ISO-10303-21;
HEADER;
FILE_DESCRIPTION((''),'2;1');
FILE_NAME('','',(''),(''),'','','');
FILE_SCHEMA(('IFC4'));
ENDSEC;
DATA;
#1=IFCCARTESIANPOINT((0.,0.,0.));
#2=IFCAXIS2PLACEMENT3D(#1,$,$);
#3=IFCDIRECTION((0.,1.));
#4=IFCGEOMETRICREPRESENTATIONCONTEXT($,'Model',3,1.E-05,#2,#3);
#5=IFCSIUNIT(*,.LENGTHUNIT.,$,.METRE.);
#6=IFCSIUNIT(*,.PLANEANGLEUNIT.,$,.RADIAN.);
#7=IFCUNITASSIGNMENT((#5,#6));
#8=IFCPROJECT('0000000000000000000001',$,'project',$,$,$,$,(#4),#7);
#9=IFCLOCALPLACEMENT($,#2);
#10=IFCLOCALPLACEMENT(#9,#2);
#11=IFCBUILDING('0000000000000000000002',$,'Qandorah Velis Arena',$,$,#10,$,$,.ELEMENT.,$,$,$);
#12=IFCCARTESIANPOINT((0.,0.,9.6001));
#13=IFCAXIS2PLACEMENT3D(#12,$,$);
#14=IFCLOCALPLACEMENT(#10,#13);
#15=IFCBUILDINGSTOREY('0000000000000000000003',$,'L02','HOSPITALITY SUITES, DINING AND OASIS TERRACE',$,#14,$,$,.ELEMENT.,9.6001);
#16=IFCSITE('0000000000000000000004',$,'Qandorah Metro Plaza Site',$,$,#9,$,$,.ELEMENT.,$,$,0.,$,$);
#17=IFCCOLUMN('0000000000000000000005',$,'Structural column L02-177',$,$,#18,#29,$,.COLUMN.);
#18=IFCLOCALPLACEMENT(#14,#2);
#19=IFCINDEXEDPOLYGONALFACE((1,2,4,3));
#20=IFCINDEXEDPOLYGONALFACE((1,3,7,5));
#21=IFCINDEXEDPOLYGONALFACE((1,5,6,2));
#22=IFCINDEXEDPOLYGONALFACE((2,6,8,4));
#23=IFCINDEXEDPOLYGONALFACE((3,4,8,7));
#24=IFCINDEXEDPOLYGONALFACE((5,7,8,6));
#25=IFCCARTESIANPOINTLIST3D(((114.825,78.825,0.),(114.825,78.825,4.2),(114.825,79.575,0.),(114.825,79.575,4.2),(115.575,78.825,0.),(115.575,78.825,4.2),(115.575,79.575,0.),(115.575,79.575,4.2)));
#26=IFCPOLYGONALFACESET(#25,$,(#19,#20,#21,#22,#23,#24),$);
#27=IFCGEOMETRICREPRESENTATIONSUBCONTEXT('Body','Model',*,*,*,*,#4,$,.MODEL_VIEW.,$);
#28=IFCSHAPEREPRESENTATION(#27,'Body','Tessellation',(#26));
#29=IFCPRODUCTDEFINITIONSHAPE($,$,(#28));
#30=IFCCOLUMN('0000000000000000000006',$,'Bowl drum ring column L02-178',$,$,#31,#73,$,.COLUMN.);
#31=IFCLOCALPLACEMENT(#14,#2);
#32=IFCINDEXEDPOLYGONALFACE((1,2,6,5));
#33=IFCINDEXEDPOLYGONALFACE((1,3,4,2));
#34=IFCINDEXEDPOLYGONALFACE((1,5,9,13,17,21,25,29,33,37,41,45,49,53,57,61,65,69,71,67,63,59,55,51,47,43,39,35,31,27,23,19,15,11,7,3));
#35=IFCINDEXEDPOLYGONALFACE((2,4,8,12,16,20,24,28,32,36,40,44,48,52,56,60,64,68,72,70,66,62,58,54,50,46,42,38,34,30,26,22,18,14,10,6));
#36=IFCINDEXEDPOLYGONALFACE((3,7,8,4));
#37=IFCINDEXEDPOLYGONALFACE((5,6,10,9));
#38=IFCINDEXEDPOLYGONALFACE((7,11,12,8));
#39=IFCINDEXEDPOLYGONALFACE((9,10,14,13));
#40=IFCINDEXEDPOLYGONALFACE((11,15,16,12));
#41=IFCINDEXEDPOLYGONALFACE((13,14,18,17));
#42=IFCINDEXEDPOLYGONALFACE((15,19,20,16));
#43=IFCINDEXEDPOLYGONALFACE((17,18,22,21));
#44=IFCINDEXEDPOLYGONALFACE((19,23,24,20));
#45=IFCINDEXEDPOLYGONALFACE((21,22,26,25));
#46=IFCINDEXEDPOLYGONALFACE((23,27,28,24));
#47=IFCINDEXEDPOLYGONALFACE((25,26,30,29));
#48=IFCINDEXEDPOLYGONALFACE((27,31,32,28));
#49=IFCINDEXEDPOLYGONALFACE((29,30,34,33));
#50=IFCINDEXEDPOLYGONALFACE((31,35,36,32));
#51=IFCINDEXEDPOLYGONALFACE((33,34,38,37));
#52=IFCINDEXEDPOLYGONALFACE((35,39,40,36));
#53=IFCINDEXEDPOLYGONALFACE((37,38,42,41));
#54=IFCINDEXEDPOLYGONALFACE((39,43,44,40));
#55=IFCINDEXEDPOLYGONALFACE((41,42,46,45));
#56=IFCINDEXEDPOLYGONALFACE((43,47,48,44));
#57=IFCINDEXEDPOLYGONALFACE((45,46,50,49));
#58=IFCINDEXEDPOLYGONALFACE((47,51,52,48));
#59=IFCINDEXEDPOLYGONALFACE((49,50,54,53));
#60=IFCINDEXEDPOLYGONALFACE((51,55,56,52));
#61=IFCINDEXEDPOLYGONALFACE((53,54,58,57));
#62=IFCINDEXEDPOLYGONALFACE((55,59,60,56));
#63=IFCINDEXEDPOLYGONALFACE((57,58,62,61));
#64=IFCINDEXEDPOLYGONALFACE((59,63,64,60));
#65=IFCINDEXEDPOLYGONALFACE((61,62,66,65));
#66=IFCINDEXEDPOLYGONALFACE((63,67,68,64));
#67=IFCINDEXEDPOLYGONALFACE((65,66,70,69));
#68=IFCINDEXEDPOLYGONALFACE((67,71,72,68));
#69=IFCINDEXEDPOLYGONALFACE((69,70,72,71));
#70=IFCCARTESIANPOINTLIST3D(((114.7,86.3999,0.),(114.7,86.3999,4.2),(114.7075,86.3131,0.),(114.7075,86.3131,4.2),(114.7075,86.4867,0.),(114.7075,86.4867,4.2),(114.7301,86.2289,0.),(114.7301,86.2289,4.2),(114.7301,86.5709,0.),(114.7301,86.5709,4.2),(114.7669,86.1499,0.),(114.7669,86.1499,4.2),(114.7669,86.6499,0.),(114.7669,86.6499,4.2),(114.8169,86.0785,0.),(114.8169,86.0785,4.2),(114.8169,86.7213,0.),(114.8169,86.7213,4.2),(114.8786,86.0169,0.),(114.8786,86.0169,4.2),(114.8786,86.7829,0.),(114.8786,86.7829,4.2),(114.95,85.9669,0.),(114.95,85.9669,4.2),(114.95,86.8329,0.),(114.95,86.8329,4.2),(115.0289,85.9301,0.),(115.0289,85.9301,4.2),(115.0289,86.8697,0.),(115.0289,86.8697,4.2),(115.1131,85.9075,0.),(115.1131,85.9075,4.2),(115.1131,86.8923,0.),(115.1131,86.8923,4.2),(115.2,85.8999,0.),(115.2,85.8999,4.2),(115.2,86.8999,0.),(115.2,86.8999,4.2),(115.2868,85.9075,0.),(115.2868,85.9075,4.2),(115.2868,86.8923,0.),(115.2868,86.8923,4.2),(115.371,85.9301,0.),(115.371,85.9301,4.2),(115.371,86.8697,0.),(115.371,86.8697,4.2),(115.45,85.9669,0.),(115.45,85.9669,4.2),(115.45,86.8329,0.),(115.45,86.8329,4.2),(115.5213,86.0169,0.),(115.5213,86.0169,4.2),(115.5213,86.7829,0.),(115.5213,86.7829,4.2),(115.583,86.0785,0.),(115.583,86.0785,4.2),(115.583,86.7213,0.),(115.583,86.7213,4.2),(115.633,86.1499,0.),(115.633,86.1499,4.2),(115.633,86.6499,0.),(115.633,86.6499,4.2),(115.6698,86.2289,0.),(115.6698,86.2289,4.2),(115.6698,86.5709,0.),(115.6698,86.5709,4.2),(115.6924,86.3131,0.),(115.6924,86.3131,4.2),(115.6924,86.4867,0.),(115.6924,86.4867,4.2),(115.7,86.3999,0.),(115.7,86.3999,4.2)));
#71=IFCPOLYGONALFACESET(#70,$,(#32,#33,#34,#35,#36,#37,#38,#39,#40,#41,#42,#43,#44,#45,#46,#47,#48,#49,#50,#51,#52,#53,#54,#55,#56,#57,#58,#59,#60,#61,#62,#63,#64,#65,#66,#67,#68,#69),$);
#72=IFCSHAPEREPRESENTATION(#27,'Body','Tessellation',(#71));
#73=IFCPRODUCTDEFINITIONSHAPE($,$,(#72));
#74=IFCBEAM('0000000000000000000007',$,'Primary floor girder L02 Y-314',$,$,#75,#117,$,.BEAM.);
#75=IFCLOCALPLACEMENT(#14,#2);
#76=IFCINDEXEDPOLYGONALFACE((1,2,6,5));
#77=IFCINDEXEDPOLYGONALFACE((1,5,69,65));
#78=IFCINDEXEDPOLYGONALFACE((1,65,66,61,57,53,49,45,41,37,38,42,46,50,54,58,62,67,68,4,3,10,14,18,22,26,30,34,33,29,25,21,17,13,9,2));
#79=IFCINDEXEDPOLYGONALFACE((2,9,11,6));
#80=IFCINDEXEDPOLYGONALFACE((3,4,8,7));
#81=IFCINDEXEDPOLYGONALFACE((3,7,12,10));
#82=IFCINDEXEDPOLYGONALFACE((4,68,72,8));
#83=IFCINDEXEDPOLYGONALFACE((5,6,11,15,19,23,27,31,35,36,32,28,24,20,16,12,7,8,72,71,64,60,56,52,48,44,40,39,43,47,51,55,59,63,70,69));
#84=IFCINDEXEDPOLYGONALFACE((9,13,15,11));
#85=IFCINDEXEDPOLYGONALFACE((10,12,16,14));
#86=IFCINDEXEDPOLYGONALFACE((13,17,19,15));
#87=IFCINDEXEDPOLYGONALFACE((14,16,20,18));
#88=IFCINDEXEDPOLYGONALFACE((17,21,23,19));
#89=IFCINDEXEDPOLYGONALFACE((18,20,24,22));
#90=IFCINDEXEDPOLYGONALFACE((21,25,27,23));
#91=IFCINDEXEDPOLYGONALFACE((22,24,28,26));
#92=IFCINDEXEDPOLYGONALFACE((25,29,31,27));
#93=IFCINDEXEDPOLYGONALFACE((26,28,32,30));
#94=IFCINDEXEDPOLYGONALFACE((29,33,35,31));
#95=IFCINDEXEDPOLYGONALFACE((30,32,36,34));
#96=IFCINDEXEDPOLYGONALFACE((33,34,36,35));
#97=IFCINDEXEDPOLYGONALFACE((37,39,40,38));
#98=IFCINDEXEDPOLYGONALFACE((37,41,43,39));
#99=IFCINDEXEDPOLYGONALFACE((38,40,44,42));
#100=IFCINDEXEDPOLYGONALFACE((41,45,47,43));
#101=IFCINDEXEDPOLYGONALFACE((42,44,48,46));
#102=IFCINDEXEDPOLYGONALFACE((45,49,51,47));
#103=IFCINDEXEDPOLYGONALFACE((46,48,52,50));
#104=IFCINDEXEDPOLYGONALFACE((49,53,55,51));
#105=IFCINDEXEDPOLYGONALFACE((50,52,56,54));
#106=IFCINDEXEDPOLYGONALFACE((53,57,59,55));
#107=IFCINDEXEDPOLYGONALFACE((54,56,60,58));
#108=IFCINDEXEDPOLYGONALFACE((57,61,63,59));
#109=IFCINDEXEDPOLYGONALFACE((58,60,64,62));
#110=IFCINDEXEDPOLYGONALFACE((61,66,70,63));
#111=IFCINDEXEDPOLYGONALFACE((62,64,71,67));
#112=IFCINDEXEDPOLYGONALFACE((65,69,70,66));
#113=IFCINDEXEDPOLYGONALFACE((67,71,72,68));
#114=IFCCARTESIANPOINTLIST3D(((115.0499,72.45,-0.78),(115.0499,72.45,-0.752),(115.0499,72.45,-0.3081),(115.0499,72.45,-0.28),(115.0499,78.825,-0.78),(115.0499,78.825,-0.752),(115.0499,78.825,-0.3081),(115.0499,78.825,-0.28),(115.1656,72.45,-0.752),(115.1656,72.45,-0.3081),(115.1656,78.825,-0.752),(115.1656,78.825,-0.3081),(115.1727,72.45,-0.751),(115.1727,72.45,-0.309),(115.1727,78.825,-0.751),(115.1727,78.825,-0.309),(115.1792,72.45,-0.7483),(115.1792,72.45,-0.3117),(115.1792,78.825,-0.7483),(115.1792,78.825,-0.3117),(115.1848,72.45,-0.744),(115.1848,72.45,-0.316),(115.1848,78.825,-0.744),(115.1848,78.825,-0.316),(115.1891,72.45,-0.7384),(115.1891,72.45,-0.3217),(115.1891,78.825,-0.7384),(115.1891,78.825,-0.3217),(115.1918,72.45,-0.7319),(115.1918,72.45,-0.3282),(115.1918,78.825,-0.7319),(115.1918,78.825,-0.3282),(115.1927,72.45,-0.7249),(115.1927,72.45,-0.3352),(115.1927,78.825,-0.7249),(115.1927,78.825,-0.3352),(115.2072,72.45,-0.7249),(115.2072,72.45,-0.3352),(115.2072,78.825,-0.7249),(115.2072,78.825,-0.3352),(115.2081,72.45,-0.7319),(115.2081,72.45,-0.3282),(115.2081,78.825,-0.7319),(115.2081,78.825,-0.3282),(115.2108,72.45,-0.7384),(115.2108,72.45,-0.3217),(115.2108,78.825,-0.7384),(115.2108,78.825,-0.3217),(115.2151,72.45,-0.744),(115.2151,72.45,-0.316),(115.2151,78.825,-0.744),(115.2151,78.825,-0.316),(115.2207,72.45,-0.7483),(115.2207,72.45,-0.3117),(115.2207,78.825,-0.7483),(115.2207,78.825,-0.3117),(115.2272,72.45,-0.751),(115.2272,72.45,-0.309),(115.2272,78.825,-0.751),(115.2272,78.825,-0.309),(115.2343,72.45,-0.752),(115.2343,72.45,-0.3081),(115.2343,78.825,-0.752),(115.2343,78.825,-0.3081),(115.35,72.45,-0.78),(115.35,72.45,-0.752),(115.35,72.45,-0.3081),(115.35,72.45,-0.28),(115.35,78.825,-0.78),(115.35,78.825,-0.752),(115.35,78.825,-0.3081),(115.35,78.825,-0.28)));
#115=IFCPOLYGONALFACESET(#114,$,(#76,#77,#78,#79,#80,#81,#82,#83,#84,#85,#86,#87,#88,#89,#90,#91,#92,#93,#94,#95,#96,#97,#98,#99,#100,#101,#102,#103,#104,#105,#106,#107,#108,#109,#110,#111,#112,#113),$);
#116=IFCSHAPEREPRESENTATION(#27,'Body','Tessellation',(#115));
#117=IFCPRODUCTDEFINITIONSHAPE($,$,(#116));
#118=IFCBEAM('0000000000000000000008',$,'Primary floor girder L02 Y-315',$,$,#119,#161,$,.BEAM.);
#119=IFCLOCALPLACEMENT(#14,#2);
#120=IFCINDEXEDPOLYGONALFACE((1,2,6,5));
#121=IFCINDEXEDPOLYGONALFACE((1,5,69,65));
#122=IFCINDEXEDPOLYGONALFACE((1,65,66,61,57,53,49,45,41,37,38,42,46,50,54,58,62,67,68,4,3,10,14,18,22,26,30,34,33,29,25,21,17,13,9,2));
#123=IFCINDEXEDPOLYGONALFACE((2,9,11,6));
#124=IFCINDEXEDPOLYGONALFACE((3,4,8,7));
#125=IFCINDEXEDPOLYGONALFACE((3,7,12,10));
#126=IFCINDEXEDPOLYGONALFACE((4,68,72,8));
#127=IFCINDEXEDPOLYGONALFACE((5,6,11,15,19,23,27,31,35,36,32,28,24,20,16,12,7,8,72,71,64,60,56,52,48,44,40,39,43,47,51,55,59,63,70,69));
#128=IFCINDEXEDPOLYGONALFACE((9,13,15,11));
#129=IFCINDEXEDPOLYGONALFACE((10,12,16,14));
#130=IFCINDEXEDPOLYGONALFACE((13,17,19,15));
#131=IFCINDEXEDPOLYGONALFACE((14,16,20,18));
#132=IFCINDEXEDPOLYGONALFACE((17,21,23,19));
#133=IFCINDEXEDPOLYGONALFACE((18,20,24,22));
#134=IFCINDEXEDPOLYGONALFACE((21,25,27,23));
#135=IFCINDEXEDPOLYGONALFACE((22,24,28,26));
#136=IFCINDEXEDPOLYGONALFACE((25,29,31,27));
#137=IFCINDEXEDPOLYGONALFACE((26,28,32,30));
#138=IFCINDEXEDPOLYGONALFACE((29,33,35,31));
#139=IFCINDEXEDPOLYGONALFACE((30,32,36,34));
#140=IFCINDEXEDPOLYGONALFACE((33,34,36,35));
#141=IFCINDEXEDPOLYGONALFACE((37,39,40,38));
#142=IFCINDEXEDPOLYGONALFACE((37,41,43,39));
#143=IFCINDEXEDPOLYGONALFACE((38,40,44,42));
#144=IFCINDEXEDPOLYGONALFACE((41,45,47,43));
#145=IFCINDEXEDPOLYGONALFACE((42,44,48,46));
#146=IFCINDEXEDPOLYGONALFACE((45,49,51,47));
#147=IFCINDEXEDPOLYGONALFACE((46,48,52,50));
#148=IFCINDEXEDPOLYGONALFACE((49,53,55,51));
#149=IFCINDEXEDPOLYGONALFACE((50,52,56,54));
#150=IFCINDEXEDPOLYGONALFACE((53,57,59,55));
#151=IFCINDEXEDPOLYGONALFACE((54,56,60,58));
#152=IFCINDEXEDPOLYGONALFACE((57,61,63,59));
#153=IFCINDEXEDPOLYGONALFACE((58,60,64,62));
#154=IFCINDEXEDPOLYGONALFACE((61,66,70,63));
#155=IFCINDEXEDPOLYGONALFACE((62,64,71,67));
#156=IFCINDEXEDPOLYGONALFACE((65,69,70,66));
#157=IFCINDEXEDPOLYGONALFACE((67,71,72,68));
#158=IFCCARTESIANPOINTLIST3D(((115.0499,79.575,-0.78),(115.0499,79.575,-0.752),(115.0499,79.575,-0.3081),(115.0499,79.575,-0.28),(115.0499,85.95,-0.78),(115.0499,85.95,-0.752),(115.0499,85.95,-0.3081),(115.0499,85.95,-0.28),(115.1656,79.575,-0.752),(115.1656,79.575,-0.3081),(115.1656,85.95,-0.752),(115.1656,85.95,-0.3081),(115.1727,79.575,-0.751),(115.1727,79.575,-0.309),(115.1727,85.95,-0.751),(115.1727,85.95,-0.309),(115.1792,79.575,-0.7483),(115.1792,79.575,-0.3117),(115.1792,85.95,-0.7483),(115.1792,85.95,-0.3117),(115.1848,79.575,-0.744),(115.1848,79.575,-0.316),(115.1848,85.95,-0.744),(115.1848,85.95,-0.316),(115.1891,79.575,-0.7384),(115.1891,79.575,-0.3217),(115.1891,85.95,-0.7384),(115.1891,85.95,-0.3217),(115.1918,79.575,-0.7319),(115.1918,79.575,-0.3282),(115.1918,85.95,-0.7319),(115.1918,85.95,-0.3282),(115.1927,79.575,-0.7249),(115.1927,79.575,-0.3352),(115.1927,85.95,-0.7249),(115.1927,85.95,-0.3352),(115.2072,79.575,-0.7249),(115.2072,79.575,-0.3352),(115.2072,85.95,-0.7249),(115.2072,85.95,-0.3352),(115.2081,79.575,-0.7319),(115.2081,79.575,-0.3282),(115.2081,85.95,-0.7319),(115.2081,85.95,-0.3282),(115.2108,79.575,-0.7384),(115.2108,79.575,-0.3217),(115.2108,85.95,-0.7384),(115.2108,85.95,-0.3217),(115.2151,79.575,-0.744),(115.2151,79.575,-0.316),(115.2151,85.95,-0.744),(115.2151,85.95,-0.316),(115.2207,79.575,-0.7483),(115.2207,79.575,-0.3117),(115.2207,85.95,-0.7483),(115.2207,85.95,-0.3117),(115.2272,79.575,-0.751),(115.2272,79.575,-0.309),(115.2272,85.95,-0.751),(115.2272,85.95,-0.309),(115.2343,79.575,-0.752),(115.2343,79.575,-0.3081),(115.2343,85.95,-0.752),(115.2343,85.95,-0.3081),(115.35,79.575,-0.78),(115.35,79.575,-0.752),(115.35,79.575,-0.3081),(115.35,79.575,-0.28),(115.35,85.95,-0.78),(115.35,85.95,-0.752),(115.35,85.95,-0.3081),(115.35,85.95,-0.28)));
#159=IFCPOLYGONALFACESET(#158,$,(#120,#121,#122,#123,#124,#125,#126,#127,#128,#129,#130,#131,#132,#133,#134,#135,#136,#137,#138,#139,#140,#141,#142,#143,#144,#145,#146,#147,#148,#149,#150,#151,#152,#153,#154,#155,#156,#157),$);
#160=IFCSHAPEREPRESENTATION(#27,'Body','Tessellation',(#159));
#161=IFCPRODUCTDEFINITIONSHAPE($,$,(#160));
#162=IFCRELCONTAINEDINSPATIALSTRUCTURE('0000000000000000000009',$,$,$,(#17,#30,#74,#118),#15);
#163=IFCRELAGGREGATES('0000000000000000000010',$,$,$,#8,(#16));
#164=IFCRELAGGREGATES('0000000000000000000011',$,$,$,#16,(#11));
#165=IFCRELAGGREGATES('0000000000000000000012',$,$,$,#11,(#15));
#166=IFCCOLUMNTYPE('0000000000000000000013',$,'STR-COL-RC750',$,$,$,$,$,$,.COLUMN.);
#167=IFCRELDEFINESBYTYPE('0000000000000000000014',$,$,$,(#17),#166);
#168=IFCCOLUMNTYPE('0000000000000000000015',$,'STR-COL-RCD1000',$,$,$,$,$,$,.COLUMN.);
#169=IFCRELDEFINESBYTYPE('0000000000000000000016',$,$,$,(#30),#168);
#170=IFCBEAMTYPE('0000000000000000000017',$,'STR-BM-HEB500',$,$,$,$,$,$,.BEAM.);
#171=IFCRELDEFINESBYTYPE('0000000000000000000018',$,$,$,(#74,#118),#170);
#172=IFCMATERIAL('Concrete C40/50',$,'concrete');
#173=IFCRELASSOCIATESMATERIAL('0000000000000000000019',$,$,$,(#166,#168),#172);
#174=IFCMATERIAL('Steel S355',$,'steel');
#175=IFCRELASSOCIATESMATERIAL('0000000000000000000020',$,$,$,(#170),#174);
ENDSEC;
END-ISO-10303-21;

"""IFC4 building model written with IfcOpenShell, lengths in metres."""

from ifc_helpers import new_model, si_unit, direction, frame, origin, origin_2d, place, context, subcontext, project, spatial, rectangle, circle, i_section, extrude, material, material_profile, profile_set, type_object, element, save


model = new_model("IFC4")

# Units and contexts
model_context = context("Model", 3, precision=1e-05, world=origin(), true_north=direction((0.0, 1.0)))
body_context = subcontext(model_context, "Body", "Model", "MODEL_VIEW")
ifc_project = project(units=[si_unit("LENGTHUNIT", "METRE"), si_unit("PLANEANGLEUNIT", "RADIAN")], contexts=[model_context])

# Site, building, storey
site_placement = place(None, origin())
site = spatial("IfcSite", under=ifc_project, at=site_placement, Name="Qandorah Metro Plaza Site", CompositionType="ELEMENT", RefElevation=0.0)
building_placement = place(site_placement, origin())
building = spatial("IfcBuilding", under=site, at=building_placement, Name="Qandorah Velis Arena", CompositionType="ELEMENT")
storey_placement = place(building_placement, frame((0.0, 0.0, 9.6001)))
storey = spatial("IfcBuildingStorey", under=building, at=storey_placement, Name="L02", Description="HOSPITALITY SUITES, DINING AND OASIS TERRACE", CompositionType="ELEMENT", Elevation=9.6001)

# Columns
ifc_material_1 = material(Name="Concrete C40/50", Category="concrete")
ifc_material_profile_1 = material_profile(ifc_material_1, rectangle(XDim=0.75, YDim=0.75, at=origin_2d()), Name="RC COL 750x750")
ifc_profile_set_1 = profile_set([ifc_material_profile_1], Name="Concrete C40/50")
column_type_1 = type_object("IfcColumnType", Name="STR-COL-RC750", PredefinedType="COLUMN", material=ifc_profile_set_1)
column_1_placement = place(storey_placement, frame((115.2, 79.2, 0.0), z_axis=(0.0, 0.0, 1.0), x_axis=(1.0, 0.0, 0.0)))
element("IfcColumn", 1, at=column_1_placement, inside=storey, type_object=column_type_1, Name="Structural column L02-177", PredefinedType="COLUMN", context=body_context, shape_type="SweptSolid", body=[
    extrude(rectangle(XDim=0.75, YDim=0.75, at=origin_2d()), origin(), (0.0, 0.0, 1.0), 4.2),
])
ifc_material_profile_2 = material_profile(ifc_material_1, circle(Radius=0.5, at=origin_2d()), Name="RC D1000")
ifc_profile_set_2 = profile_set([ifc_material_profile_2], Name="Concrete C40/50")
column_type_2 = type_object("IfcColumnType", Name="STR-COL-RCD1000", PredefinedType="COLUMN", material=ifc_profile_set_2)
column_2_placement = place(storey_placement, frame((115.2, 86.3999, 0.0), z_axis=(0.0, 0.0, 1.0), x_axis=(1.0, 0.0, 0.0)))
element("IfcColumn", 2, at=column_2_placement, inside=storey, type_object=column_type_2, Name="Bowl drum ring column L02-178", PredefinedType="COLUMN", context=body_context, shape_type="SweptSolid", body=[
    extrude(circle(Radius=0.5, at=origin_2d()), origin(), (0.0, 0.0, 1.0), 4.2),
])

# Beams
ifc_material_2 = material(Name="Steel S355", Category="steel")
ifc_material_profile_3 = material_profile(ifc_material_2, i_section(OverallWidth=0.3, OverallDepth=0.5, WebThickness=0.0144, FlangeThickness=0.0281, FilletRadius=0.0271, at=origin_2d()), Name="HEB 500")
ifc_profile_set_3 = profile_set([ifc_material_profile_3], Name="Steel S355")
beam_type_1 = type_object("IfcBeamType", Name="STR-BM-HEB500", PredefinedType="BEAM", material=ifc_profile_set_3)
for number, where, z_axis, x_axis, name in (
    (3, (115.2, 72.45, -0.53), (0.0, 1.0, 0.0), (-1.0, 0.0, 0.0), "Primary floor girder L02 Y-314"),
    (4, (115.2, 79.575, -0.53), (0.0, 1.0, 0.0), (-1.0, 0.0, 0.0), "Primary floor girder L02 Y-315"),
):
    element("IfcBeam", number, at=place(storey_placement, frame(where, z_axis=z_axis, x_axis=x_axis)), inside=storey, type_object=beam_type_1, Name=name, PredefinedType="BEAM", context=body_context, shape_type="SweptSolid", body=[
        extrude(i_section(OverallWidth=0.3, OverallDepth=0.5, WebThickness=0.0144, FlangeThickness=0.0281, FilletRadius=0.0271, at=origin_2d()), origin(), (0.0, 0.0, 1.0), 6.375),
    ])

save(model, "model.ifc")
